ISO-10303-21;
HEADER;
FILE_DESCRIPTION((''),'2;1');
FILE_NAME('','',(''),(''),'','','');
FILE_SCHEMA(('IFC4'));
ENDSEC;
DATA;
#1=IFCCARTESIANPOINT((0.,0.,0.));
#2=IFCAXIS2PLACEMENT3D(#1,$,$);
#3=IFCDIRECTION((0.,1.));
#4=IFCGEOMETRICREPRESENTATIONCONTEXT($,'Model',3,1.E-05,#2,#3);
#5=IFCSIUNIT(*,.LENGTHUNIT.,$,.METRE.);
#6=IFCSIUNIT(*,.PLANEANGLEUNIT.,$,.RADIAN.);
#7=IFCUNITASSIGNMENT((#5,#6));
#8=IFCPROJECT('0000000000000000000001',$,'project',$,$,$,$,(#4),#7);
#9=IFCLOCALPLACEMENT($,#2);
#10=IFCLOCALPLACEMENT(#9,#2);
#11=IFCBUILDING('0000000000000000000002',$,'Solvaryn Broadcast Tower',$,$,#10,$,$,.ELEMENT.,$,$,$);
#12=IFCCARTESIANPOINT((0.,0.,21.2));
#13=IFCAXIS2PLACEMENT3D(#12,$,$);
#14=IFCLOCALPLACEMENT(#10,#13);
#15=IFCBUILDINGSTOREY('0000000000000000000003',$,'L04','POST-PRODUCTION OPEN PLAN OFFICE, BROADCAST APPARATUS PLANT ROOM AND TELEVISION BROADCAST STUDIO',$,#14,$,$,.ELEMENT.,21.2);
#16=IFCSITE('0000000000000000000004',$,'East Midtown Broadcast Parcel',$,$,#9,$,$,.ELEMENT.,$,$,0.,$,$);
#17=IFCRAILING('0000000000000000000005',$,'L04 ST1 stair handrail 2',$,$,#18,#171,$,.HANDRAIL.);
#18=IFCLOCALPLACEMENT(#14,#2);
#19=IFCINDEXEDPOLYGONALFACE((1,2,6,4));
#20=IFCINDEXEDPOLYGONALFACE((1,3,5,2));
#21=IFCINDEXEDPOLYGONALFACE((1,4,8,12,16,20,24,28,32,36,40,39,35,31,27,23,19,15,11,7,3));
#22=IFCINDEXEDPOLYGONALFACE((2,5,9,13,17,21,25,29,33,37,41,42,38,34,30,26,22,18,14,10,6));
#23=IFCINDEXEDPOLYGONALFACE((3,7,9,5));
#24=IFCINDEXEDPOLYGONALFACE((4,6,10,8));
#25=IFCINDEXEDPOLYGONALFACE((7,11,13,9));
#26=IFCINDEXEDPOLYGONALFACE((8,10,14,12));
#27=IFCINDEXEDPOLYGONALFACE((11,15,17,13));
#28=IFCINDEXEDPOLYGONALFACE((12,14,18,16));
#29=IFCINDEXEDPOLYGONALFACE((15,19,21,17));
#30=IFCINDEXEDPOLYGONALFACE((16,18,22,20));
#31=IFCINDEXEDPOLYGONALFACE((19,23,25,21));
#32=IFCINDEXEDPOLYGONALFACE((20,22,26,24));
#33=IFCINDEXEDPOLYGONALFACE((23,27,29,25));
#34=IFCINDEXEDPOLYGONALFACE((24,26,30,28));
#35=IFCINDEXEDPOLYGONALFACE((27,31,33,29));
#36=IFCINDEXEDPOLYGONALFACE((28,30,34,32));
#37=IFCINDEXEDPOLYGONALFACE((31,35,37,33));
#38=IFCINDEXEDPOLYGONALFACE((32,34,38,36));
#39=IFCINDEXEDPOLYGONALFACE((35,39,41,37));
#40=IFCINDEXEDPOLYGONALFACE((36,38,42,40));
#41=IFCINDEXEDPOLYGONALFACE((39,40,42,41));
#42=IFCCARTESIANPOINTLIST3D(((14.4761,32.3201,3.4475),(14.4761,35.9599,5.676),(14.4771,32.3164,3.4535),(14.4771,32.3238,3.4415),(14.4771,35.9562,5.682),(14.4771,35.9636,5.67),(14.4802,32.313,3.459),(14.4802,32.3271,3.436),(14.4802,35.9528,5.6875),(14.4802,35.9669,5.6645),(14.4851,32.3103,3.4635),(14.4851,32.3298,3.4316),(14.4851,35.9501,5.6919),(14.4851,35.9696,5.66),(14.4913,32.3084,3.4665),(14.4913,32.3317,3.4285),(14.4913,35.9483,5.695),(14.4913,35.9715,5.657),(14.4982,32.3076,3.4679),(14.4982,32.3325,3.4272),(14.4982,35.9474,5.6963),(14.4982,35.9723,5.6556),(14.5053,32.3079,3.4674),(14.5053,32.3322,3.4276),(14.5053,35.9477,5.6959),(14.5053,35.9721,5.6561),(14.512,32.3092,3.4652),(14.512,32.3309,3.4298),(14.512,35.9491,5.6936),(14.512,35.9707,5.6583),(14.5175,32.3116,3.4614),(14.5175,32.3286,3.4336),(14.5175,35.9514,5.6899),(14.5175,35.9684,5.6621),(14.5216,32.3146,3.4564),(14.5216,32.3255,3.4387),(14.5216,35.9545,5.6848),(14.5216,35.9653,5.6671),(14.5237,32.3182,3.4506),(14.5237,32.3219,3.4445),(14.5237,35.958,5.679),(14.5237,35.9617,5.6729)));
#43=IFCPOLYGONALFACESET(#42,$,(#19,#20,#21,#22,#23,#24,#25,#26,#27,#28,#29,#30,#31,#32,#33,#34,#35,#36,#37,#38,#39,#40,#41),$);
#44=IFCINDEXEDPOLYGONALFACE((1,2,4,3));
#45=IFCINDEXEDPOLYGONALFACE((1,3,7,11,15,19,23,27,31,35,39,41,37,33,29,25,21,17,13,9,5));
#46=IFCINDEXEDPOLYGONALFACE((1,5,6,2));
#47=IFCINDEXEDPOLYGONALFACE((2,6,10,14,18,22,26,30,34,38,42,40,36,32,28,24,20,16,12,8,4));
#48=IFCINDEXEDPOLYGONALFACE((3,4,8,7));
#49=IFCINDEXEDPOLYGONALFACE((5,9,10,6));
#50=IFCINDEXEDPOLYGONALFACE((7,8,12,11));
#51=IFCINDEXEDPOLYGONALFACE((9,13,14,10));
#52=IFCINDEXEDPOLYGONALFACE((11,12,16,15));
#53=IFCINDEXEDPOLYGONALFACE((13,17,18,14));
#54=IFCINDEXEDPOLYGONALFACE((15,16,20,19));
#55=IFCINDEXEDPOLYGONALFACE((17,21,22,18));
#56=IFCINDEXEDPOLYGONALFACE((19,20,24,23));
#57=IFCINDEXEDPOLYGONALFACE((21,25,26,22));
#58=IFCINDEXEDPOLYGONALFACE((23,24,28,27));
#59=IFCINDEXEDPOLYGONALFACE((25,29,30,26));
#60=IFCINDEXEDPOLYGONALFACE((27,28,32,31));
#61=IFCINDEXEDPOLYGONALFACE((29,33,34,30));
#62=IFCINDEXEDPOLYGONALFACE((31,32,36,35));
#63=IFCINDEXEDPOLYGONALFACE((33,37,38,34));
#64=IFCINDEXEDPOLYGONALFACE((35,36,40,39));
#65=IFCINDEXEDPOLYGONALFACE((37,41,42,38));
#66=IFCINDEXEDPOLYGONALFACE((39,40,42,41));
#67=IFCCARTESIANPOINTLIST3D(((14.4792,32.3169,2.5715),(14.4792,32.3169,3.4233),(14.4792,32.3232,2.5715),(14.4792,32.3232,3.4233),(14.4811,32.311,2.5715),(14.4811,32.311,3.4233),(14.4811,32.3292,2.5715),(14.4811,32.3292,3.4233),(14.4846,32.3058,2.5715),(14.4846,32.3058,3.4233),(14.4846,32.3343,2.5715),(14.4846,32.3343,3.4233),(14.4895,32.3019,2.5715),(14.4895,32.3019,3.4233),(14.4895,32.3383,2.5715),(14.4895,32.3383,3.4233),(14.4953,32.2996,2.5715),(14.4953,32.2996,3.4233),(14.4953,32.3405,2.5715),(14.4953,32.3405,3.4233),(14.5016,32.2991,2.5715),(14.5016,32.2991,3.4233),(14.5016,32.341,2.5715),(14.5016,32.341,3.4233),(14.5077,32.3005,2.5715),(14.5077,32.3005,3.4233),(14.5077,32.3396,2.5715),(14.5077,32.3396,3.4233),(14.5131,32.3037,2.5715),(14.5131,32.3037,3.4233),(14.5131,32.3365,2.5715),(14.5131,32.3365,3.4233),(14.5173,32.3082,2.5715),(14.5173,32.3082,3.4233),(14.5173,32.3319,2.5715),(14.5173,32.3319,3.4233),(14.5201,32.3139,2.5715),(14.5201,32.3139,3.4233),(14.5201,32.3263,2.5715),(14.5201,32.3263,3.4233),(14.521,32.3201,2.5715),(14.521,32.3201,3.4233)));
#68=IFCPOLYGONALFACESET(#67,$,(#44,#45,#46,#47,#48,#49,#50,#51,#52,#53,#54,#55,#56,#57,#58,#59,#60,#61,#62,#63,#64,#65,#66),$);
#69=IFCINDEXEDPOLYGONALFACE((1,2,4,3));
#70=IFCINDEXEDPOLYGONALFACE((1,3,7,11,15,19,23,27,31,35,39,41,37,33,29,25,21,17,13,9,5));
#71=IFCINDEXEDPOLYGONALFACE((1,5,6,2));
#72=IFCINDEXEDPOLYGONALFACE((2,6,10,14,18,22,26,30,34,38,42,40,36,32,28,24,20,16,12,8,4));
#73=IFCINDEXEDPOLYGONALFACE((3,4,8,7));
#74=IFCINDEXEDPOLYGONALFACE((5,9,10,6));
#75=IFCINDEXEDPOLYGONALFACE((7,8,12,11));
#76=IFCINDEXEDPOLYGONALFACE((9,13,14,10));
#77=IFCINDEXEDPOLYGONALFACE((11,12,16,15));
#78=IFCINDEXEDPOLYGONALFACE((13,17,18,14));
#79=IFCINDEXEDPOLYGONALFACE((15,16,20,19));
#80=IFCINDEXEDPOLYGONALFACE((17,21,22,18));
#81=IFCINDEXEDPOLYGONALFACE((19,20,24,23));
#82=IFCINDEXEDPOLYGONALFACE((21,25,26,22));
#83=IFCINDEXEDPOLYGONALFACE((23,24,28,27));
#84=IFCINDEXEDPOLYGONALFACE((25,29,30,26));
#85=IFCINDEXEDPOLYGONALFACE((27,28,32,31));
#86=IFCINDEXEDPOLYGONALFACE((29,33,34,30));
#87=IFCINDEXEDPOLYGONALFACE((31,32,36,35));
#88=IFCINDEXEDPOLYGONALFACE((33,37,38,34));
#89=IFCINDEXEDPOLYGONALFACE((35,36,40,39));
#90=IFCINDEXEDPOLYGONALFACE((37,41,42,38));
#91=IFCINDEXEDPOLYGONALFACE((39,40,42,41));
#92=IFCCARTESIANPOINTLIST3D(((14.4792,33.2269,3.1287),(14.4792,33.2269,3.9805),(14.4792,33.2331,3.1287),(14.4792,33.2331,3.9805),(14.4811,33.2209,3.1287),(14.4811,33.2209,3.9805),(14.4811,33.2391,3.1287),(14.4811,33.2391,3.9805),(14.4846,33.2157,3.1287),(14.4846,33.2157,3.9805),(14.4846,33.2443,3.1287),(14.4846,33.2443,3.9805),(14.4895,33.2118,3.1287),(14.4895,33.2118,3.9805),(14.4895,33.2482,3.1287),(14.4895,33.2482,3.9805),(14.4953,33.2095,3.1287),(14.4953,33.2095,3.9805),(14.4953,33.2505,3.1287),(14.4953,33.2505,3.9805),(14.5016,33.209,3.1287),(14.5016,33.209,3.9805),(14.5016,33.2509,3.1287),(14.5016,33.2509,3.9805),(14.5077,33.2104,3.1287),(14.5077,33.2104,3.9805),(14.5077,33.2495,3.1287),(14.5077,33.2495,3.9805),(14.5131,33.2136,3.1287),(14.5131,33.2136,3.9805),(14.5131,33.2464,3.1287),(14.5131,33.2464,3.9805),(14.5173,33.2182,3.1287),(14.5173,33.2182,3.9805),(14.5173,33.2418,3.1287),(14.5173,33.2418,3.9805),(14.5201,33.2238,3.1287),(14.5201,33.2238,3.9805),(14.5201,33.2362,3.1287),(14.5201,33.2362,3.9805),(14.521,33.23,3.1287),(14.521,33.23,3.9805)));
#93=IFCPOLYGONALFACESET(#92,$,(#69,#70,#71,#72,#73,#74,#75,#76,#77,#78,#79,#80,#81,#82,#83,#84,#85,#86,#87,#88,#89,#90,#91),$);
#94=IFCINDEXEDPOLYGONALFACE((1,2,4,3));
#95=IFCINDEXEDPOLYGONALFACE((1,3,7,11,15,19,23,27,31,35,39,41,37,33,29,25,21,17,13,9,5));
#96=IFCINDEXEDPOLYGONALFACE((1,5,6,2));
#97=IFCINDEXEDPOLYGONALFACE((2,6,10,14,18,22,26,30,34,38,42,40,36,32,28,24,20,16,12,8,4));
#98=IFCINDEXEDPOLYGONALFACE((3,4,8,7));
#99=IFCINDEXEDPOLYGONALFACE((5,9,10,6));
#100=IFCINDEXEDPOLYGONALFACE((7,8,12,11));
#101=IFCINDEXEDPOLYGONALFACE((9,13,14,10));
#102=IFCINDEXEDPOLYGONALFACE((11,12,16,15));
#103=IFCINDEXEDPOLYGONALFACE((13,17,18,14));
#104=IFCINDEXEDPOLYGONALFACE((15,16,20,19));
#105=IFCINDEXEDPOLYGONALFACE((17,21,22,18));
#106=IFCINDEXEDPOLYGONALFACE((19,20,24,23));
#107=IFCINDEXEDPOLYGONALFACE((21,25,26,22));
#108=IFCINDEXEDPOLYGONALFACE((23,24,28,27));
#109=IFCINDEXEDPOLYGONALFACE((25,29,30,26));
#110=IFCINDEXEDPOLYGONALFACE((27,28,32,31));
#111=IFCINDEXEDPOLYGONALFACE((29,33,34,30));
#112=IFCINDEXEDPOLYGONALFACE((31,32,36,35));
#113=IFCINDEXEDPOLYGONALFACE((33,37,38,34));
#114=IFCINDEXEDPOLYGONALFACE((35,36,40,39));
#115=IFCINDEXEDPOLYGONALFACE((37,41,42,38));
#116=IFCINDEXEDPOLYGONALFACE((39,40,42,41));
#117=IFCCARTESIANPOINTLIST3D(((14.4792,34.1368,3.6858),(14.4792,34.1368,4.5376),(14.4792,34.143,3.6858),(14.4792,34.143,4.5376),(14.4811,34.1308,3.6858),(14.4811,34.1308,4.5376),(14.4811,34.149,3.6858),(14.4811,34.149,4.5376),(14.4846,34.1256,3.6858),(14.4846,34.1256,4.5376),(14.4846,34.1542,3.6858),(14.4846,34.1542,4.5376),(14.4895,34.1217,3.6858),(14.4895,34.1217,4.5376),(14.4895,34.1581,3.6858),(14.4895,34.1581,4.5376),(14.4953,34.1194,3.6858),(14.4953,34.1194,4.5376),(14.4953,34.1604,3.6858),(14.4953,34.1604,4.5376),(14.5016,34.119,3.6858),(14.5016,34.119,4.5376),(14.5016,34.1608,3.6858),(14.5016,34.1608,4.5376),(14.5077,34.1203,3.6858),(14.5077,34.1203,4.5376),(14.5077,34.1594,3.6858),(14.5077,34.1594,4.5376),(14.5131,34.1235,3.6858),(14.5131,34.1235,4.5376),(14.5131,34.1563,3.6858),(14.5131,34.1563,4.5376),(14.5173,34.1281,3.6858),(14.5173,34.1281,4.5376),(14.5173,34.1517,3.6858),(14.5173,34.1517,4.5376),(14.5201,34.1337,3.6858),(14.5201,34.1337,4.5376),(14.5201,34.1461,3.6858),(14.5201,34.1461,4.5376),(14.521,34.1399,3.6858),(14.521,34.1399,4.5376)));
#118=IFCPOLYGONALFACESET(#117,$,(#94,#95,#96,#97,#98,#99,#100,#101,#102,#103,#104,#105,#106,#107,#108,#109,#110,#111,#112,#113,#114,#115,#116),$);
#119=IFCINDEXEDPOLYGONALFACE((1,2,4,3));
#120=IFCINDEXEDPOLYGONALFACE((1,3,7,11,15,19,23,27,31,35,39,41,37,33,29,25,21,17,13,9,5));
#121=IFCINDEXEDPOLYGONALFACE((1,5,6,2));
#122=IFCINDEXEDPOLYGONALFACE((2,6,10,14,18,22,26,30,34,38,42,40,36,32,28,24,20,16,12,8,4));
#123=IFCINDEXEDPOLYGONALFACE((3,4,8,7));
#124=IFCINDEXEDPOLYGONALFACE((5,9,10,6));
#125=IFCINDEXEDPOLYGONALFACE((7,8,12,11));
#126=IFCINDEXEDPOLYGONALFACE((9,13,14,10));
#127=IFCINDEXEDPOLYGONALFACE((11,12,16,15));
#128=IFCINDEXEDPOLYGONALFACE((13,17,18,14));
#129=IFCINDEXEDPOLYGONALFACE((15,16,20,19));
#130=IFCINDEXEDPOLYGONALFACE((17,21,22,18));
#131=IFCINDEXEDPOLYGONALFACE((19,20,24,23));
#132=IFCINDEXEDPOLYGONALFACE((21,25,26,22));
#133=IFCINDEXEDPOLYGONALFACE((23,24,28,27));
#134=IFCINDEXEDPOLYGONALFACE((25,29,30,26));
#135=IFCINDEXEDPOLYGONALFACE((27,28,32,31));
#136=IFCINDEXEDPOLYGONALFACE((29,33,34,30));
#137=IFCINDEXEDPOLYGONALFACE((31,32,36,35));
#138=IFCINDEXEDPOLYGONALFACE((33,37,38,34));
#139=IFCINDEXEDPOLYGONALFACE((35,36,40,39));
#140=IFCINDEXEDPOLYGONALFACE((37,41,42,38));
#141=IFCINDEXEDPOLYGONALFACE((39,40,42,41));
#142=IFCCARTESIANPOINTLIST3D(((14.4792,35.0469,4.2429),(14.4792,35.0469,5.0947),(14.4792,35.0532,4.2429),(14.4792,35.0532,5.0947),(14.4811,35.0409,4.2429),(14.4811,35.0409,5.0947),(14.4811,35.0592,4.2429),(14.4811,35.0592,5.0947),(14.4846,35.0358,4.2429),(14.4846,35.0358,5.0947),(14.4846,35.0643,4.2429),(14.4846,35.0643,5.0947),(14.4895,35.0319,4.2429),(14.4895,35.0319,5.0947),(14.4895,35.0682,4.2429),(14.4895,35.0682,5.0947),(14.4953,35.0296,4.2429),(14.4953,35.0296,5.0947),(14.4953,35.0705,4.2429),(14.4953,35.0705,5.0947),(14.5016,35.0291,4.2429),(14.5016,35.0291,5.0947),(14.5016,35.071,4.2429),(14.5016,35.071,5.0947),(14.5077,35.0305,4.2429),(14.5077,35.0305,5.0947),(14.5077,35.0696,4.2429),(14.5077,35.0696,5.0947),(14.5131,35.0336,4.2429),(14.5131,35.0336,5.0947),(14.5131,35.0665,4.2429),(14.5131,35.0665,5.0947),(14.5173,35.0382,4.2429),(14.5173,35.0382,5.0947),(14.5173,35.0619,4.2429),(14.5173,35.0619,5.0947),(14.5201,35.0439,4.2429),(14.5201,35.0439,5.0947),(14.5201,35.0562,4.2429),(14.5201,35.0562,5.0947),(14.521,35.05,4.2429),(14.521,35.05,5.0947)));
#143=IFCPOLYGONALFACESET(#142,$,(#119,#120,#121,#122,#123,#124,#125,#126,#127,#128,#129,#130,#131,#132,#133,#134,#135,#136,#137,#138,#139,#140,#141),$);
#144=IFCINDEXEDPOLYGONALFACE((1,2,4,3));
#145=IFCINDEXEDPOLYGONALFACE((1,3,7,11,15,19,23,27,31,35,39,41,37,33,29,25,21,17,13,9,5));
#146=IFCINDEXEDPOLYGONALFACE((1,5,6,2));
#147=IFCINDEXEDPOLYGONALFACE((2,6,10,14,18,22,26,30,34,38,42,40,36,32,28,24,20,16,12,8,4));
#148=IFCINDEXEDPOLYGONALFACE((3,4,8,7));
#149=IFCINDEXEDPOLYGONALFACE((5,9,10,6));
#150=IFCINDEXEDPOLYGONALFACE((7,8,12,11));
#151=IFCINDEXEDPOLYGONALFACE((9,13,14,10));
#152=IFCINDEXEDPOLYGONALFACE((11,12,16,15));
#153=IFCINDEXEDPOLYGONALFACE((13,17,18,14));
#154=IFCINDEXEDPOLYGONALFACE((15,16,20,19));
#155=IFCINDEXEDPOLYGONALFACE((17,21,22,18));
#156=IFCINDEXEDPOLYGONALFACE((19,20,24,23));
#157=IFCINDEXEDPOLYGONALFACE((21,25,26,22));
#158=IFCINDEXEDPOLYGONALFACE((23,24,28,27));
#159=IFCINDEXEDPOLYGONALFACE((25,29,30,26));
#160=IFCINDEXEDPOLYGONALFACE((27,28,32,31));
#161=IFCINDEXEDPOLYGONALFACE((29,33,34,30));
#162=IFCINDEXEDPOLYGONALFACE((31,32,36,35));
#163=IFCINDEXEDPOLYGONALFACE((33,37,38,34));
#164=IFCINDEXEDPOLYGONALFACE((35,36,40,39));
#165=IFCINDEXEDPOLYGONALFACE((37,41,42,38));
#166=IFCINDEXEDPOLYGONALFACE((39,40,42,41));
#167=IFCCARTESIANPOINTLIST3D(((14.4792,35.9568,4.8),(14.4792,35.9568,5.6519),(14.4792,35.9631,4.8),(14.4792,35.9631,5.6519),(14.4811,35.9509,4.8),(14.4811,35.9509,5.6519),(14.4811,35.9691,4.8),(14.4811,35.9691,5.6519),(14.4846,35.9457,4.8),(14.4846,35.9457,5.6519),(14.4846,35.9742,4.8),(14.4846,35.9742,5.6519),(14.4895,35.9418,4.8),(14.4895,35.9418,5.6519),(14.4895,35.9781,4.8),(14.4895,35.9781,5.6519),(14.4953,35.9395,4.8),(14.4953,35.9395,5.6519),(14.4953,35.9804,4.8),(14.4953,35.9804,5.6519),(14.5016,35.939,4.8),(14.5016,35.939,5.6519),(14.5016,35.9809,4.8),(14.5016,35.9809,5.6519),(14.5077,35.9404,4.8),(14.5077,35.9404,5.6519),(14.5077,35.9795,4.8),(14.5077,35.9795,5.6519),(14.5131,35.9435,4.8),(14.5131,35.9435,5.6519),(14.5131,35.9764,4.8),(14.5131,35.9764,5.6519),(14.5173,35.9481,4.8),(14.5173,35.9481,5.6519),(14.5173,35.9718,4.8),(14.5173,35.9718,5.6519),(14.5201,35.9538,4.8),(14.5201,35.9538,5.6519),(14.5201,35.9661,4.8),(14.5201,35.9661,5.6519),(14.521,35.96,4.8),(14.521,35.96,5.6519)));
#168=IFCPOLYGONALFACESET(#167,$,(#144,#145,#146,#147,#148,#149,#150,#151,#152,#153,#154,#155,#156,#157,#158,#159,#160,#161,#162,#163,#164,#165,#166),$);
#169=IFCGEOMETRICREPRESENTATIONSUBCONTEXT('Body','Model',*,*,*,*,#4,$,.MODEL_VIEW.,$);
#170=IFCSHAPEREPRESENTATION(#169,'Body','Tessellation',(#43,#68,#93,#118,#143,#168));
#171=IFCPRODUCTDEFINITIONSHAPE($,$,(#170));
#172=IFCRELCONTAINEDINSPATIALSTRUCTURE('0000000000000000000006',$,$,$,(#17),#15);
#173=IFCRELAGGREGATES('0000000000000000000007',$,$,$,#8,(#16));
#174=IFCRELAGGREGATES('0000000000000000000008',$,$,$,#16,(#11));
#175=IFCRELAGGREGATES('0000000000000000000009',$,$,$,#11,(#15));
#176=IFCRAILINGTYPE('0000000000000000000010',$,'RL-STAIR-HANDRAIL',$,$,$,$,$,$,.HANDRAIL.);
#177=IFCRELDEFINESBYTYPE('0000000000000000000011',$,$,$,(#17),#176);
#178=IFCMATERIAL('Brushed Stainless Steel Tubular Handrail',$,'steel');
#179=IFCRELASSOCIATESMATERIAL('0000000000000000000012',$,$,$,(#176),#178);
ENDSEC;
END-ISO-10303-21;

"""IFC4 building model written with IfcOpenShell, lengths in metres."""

from ifc_helpers import new_model, si_unit, direction, frame, origin, origin_2d, place, context, subcontext, project, spatial, circle, extrude, material, type_object, element, save


model = new_model("IFC4")

# Units and contexts
model_context = context("Model", 3, precision=1e-05, world=origin(), true_north=direction((0.0, 1.0)))
body_context = subcontext(model_context, "Body", "Model", "MODEL_VIEW")
ifc_project = project(units=[si_unit("LENGTHUNIT", "METRE"), si_unit("PLANEANGLEUNIT", "RADIAN")], contexts=[model_context])

# Site, building, storey
site_placement = place(None, origin())
site = spatial("IfcSite", under=ifc_project, at=site_placement, Name="East Midtown Broadcast Parcel", CompositionType="ELEMENT", RefElevation=0.0)
building_placement = place(site_placement, origin())
building = spatial("IfcBuilding", under=site, at=building_placement, Name="Solvaryn Broadcast Tower", CompositionType="ELEMENT")
storey_placement = place(building_placement, frame((0.0, 0.0, 21.2)))
storey = spatial("IfcBuildingStorey", under=building, at=storey_placement, Name="L04", Description="POST-PRODUCTION OPEN PLAN OFFICE, BROADCAST APPARATUS PLANT ROOM AND TELEVISION BROADCAST STUDIO", CompositionType="ELEMENT", Elevation=21.2)

# Railing
ifc_material_1 = material(Name="Brushed Stainless Steel Tubular Handrail", Category="steel")
railing_type_1 = type_object("IfcRailingType", Name="RL-STAIR-HANDRAIL", PredefinedType="HANDRAIL", material=ifc_material_1)
railing_1_placement = place(storey_placement, frame((14.5, 32.3201, 2.5715)))
element("IfcRailing", 1, at=railing_1_placement, inside=storey, type_object=railing_type_1, Name="L04 ST1 stair handrail 2", PredefinedType="HANDRAIL", context=body_context, shape_type="SweptSolid", body=[
    extrude(circle(Radius=0.0239, at=origin_2d()), frame((0.0, 0.0, 0.876), z_axis=(0.0, 0.85285, 0.522156), x_axis=(-1.0, 0.0, 0.0)), (0.0, 0.0, 1.0), 4.2678),
    extrude(circle(Radius=0.021, at=origin_2d()), origin(), (0.0, 0.0, 1.0), 0.8518),
    extrude(circle(Radius=0.021, at=origin_2d()), frame((0.0, 0.9099, 0.5571)), (0.0, 0.0, 1.0), 0.8518),
    extrude(circle(Radius=0.021, at=origin_2d()), frame((0.0, 1.8198, 1.1143)), (0.0, 0.0, 1.0), 0.8518),
    extrude(circle(Radius=0.021, at=origin_2d()), frame((0.0, 2.73, 1.6714)), (0.0, 0.0, 1.0), 0.8518),
    extrude(circle(Radius=0.021, at=origin_2d()), frame((0.0, 3.6399, 2.2285)), (0.0, 0.0, 1.0), 0.8518),
])

save(model, "model.ifc")
